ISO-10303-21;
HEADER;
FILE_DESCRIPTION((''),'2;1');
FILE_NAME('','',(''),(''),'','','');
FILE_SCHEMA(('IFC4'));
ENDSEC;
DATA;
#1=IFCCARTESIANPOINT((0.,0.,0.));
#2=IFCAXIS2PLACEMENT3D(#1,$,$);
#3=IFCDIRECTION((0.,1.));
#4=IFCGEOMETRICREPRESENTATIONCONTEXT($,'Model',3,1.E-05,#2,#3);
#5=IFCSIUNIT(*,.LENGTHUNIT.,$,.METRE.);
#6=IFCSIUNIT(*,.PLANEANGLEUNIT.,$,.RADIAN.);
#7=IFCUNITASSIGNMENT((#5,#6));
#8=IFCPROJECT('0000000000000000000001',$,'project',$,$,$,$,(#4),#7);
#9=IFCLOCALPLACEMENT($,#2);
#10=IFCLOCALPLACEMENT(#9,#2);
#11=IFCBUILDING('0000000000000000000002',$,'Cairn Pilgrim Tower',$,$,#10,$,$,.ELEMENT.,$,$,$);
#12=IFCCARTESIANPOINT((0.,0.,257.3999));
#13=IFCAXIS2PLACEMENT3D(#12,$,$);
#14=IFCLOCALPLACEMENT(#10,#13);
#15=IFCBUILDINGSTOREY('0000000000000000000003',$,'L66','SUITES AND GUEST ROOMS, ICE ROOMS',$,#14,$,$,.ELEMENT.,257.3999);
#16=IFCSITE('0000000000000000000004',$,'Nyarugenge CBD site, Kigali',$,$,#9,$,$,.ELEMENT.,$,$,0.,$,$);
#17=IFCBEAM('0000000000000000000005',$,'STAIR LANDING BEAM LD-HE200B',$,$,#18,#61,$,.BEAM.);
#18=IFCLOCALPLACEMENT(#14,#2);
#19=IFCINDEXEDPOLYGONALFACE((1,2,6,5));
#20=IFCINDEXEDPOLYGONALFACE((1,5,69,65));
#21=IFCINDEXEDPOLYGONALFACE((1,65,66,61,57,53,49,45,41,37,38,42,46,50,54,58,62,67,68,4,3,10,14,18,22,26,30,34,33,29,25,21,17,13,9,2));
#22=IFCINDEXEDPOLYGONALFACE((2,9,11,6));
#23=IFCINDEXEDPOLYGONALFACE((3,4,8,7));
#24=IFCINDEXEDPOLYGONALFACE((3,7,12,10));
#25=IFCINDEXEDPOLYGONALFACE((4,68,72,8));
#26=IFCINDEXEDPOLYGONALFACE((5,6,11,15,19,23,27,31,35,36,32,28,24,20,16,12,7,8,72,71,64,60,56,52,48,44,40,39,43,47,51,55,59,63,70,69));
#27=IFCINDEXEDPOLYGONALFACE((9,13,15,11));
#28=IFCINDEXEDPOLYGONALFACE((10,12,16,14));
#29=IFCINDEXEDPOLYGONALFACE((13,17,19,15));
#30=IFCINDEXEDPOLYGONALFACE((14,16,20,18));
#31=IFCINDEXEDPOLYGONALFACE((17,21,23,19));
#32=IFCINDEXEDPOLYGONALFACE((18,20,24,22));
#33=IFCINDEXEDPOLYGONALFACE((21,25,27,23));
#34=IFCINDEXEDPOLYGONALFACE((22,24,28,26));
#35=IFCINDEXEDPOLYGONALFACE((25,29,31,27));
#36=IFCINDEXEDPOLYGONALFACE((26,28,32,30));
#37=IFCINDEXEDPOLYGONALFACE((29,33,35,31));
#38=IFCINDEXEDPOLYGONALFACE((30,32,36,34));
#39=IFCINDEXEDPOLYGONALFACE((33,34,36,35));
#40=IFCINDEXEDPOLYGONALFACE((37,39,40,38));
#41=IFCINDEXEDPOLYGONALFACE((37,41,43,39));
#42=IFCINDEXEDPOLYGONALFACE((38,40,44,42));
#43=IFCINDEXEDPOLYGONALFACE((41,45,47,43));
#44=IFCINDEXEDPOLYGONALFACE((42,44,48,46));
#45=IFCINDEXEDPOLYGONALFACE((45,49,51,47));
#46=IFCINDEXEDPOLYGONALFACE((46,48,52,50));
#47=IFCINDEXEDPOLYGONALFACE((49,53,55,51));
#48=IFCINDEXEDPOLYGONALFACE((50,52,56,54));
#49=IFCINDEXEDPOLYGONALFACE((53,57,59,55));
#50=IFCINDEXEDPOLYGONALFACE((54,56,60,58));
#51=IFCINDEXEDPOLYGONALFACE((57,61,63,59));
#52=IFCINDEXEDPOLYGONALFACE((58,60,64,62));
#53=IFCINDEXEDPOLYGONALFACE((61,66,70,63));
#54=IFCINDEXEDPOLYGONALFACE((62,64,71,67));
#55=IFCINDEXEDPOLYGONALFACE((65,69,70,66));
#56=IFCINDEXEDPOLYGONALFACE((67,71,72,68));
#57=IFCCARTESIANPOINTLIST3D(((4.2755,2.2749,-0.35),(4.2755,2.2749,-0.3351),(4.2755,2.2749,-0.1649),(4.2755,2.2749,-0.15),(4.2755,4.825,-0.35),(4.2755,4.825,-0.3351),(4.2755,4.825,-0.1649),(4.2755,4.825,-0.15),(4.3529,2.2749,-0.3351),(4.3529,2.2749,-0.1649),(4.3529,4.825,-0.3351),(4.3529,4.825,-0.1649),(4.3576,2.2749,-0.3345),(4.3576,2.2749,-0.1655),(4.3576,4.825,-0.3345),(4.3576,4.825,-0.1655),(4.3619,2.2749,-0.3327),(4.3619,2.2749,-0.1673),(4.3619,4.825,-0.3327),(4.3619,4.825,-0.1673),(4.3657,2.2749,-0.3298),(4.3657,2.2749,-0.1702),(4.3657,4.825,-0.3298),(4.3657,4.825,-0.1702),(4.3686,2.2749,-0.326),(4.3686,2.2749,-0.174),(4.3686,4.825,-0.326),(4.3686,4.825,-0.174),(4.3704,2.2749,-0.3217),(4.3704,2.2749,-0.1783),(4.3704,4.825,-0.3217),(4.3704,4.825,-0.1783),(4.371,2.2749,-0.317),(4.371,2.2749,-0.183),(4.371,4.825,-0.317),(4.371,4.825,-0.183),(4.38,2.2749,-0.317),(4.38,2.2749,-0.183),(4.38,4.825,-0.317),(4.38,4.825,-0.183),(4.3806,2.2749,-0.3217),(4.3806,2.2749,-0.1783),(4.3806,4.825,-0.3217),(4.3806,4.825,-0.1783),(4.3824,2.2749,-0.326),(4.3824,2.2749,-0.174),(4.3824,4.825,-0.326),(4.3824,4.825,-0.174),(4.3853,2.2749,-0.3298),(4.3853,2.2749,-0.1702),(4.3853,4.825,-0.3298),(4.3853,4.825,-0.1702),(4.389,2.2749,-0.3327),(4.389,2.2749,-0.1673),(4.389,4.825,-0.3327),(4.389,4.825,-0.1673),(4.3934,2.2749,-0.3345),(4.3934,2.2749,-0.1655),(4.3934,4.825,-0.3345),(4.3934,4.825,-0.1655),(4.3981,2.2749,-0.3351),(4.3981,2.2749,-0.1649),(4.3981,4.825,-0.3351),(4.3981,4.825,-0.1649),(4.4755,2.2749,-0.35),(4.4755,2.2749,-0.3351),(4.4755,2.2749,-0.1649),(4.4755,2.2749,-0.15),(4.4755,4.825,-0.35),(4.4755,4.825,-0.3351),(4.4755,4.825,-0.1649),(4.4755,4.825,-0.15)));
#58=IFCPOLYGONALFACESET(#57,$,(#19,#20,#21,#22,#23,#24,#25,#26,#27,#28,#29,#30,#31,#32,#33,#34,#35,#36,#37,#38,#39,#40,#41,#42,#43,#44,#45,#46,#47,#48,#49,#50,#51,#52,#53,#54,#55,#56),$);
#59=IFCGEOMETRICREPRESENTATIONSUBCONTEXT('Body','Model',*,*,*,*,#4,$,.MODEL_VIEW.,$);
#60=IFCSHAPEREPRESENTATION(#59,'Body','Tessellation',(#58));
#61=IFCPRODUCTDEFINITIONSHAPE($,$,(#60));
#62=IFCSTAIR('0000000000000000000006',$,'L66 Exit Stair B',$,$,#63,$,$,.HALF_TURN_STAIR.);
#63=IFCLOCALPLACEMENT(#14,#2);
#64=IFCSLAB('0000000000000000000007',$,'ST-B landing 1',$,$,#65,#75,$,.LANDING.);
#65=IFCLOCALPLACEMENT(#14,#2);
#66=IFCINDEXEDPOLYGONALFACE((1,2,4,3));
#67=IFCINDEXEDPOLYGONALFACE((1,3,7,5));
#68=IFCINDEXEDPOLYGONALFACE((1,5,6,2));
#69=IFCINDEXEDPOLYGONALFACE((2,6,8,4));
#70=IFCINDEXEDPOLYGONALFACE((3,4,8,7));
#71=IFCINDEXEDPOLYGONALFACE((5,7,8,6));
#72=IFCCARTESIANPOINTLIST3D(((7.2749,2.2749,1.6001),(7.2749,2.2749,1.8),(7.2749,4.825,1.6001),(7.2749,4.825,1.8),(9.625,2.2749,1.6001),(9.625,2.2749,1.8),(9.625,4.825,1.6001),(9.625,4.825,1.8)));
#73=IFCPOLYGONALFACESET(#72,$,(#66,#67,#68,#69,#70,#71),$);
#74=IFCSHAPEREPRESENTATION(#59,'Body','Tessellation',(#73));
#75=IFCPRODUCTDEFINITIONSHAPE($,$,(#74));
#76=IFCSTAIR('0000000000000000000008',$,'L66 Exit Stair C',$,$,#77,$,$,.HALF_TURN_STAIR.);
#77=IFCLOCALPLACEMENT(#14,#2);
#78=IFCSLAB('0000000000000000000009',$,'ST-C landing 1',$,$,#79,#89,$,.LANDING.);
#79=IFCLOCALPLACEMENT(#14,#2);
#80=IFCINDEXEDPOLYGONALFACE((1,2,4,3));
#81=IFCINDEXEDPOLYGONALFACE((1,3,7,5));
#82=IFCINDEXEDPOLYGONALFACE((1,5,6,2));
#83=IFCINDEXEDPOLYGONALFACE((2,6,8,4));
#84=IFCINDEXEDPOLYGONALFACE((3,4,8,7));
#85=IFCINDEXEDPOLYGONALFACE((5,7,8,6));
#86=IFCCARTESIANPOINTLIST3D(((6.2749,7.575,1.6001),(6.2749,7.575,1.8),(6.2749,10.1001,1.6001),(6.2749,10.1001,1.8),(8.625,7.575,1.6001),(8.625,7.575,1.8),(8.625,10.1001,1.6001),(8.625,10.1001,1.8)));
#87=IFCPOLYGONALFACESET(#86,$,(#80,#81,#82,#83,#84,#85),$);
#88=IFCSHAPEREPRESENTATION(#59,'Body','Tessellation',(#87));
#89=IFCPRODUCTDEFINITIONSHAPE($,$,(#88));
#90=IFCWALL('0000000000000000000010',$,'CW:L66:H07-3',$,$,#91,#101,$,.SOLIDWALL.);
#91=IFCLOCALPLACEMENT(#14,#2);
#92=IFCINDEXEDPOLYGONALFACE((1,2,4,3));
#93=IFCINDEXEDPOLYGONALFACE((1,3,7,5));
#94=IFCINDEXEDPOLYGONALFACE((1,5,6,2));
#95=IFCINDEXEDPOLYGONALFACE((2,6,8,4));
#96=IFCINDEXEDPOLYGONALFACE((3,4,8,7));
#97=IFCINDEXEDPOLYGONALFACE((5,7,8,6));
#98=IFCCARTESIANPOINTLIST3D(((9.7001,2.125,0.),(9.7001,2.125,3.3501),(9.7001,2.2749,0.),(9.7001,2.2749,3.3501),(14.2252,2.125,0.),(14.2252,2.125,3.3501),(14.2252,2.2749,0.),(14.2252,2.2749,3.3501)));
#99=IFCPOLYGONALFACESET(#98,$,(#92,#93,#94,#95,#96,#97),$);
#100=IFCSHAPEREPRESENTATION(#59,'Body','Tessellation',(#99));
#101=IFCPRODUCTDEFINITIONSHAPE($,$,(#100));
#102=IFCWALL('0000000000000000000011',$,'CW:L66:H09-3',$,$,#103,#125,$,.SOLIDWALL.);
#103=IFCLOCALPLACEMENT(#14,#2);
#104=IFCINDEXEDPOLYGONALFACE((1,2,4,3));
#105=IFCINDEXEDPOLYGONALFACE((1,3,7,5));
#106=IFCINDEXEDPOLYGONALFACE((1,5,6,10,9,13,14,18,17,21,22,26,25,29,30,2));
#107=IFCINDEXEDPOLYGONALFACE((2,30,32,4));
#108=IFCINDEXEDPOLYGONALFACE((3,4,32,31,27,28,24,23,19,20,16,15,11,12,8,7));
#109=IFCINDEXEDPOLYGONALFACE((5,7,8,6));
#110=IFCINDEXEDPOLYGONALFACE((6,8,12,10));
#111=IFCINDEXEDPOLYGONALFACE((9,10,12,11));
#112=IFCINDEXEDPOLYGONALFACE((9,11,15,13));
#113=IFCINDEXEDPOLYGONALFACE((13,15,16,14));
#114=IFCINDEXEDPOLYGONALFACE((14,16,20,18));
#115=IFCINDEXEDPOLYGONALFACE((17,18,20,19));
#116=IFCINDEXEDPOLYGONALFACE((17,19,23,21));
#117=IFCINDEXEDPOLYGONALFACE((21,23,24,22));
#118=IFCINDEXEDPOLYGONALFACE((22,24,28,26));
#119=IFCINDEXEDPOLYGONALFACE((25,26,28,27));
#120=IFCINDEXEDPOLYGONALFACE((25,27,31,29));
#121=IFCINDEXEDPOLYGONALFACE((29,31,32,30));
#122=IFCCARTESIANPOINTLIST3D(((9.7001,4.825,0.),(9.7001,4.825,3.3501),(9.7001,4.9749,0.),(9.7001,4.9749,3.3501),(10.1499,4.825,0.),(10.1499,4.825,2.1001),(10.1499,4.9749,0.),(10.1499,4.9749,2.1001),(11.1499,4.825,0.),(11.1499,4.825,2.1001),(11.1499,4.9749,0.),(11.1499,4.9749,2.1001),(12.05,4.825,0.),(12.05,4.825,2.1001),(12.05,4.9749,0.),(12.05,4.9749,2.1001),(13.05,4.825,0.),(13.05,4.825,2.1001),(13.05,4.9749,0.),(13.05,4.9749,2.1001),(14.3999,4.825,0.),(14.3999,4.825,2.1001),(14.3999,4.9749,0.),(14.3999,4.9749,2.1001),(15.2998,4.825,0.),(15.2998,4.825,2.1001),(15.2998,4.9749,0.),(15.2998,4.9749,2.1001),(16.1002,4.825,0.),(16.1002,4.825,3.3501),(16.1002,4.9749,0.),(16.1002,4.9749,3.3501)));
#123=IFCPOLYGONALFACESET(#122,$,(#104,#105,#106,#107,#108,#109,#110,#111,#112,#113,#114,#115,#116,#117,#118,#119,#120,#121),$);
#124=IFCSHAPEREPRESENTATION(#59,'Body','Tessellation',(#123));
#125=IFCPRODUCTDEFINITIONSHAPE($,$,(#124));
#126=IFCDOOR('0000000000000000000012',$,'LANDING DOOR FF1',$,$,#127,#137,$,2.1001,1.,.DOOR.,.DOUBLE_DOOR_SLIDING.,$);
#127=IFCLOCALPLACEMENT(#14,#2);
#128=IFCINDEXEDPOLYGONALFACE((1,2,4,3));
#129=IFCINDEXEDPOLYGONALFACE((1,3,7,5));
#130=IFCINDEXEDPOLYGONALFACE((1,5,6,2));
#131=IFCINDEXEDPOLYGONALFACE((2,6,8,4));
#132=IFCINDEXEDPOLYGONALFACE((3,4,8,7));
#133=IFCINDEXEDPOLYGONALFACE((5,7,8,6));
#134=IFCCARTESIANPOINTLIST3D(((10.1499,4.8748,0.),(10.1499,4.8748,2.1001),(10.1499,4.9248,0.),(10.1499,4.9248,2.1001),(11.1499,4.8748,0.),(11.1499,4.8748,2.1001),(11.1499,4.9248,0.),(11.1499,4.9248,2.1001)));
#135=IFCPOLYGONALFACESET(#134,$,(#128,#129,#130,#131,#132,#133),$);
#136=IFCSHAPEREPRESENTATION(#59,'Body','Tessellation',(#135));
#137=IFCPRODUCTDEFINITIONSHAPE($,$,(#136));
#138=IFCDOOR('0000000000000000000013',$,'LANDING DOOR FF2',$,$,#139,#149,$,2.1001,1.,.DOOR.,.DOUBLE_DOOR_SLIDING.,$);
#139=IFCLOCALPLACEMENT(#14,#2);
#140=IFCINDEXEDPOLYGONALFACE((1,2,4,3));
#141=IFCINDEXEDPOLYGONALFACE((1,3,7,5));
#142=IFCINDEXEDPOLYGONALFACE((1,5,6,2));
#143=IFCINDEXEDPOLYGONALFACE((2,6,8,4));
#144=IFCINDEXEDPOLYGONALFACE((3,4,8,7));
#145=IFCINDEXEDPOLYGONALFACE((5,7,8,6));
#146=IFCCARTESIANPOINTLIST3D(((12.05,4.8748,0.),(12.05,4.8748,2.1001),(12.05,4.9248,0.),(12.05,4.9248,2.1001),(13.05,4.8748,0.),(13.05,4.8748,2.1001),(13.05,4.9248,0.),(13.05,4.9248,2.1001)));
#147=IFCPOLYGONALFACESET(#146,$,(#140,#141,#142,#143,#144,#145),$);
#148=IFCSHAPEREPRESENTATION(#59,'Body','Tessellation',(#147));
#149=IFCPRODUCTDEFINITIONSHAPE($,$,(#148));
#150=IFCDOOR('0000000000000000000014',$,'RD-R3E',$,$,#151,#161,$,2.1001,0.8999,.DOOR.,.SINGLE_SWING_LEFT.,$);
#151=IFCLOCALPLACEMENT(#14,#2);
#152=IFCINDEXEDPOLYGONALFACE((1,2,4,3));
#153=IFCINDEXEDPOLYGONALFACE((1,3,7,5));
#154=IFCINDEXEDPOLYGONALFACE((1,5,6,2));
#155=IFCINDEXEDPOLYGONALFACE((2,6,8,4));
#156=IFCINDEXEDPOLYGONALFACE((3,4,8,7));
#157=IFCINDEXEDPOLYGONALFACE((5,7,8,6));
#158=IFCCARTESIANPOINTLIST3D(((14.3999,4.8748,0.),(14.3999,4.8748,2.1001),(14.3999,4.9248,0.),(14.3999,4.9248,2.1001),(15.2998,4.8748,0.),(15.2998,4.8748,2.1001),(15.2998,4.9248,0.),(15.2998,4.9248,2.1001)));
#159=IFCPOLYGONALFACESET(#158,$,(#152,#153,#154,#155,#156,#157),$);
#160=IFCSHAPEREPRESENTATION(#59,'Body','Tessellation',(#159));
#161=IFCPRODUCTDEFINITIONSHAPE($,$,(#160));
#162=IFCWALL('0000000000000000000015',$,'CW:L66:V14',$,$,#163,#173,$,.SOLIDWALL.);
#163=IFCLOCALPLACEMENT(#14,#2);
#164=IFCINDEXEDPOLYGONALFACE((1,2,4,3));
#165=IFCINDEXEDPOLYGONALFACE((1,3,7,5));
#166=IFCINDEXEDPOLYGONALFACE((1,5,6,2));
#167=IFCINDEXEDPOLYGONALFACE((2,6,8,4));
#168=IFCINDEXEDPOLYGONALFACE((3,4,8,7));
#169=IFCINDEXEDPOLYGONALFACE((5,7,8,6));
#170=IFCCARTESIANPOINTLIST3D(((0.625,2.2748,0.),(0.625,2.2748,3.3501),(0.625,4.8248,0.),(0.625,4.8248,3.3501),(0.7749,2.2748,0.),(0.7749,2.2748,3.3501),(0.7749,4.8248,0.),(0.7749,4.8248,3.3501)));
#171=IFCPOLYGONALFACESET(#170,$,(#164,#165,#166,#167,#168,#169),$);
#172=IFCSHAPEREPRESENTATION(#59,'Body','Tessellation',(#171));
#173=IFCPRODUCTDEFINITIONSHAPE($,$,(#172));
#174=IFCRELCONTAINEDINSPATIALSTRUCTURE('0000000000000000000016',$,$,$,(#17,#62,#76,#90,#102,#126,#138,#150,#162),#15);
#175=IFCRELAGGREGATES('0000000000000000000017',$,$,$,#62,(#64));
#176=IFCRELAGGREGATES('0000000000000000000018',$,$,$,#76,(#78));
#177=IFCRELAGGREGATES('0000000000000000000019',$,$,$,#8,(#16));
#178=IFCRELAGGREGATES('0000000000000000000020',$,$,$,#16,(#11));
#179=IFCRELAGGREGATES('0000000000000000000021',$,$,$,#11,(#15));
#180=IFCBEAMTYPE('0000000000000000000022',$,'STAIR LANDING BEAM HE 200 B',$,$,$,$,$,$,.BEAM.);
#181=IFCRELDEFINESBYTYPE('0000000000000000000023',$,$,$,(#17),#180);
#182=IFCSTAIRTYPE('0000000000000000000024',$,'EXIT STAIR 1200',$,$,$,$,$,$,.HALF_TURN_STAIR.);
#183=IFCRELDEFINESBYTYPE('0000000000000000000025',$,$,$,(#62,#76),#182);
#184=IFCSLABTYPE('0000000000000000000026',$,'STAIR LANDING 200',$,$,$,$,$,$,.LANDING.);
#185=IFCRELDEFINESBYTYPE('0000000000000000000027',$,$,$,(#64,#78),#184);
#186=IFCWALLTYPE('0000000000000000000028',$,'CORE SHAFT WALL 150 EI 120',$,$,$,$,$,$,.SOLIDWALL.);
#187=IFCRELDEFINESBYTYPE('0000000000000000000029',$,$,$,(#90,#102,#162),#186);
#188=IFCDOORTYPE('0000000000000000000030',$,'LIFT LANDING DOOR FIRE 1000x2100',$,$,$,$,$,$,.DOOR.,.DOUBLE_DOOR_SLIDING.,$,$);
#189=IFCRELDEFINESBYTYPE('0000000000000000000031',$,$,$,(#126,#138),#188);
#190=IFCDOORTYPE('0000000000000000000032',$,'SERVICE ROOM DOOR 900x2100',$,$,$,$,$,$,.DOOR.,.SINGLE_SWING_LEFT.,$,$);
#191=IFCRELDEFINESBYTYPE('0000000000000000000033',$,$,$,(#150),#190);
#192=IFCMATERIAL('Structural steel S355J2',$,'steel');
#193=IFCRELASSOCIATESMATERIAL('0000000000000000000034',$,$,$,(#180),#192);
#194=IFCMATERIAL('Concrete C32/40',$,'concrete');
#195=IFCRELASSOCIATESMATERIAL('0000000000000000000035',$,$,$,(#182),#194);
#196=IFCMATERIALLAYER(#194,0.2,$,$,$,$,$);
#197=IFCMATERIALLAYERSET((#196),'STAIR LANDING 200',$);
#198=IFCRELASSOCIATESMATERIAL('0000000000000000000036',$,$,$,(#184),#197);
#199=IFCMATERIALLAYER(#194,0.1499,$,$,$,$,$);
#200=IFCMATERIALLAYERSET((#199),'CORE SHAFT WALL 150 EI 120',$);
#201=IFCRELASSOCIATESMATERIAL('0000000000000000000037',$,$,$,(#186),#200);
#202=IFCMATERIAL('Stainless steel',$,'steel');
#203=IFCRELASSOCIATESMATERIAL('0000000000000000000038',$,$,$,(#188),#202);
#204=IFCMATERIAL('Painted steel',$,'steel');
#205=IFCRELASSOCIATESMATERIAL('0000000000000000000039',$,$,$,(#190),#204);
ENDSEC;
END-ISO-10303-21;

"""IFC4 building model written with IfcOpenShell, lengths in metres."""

from ifc_helpers import new_model, si_unit, direction, frame, frame_2d, origin, origin_2d, place, context, subcontext, project, spatial, polyline, rectangle, i_section, outline, extrude, material, layer, layer_set, material_profile, profile_set, type_object, element, fill, aggregate, save


model = new_model("IFC4")

# Units and contexts
model_context = context("Model", 3, precision=1e-05, world=origin(), true_north=direction((0.0, 1.0)))
body_context = subcontext(model_context, "Body", "Model", "MODEL_VIEW")
ifc_project = project(units=[si_unit("LENGTHUNIT", "METRE"), si_unit("PLANEANGLEUNIT", "RADIAN")], contexts=[model_context])

# Site, building, storey
site_placement = place(None, origin())
site = spatial("IfcSite", under=ifc_project, at=site_placement, Name="Nyarugenge CBD site, Kigali", CompositionType="ELEMENT", RefElevation=0.0)
building_placement = place(site_placement, origin())
building = spatial("IfcBuilding", under=site, at=building_placement, Name="Cairn Pilgrim Tower", CompositionType="ELEMENT")
storey_placement = place(building_placement, frame((0.0, 0.0, 257.3999)))
storey = spatial("IfcBuildingStorey", under=building, at=storey_placement, Name="L66", Description="SUITES AND GUEST ROOMS, ICE ROOMS", CompositionType="ELEMENT", Elevation=257.3999)

# Beam
ifc_material_1 = material(Name="Structural steel S355J2", Category="steel")
ifc_material_profile = material_profile(ifc_material_1, i_section(OverallWidth=0.2, OverallDepth=0.2, WebThickness=0.009, FlangeThickness=0.0149, FilletRadius=0.0181, at=origin_2d()), Name="HE 200 B")
ifc_profile_set = profile_set([ifc_material_profile], Name="Structural steel S355J2")
beam_type = type_object("IfcBeamType", Name="STAIR LANDING BEAM HE 200 B", PredefinedType="BEAM", material=ifc_profile_set)
beam_placement = place(storey_placement, frame((4.3755, 2.2749, -0.25), z_axis=(0.0, 1.0, 0.0), x_axis=(-1.0, 0.0, 0.0)))
element("IfcBeam", 1, at=beam_placement, inside=storey, type_object=beam_type, Name="STAIR LANDING BEAM LD-HE200B", PredefinedType="BEAM", context=body_context, shape_type="SweptSolid", body=[
    extrude(i_section(OverallWidth=0.2, OverallDepth=0.2, WebThickness=0.009, FlangeThickness=0.0149, FilletRadius=0.0181, at=origin_2d()), origin(), (0.0, 0.0, 1.0), 2.55),
])

# Stairs, slabs
ifc_material_2 = material(Name="Concrete C32/40", Category="concrete")
stair_type = type_object("IfcStairType", Name="EXIT STAIR 1200", PredefinedType="HALF_TURN_STAIR", material=ifc_material_2)
stair_1_placement = place(storey_placement, origin())
stair_1 = element("IfcStair", 2, at=stair_1_placement, inside=storey, type_object=stair_type, Name="L66 Exit Stair B", PredefinedType="HALF_TURN_STAIR")
ifc_layer_1 = layer(ifc_material_2, 0.2)
ifc_layer_set_1 = layer_set([ifc_layer_1], Name="STAIR LANDING 200")
slab_type = type_object("IfcSlabType", Name="STAIR LANDING 200", PredefinedType="LANDING", material=ifc_layer_set_1)
slab_1_placement = place(storey_placement, frame((0.0, 0.0, 1.6001)))
slab_1 = element("IfcSlab", 3, at=slab_1_placement, type_object=slab_type, Name="ST-B landing 1", PredefinedType="LANDING", context=body_context, shape_type="SweptSolid", body=[
    extrude(outline(polyline([(7.2749, 2.2749), (9.625, 2.2749), (9.625, 4.825), (7.2749, 4.825), (7.2749, 2.2749)])), origin(), (0.0, 0.0, 1.0), 0.2),
])
stair_2_placement = place(storey_placement, origin())
stair_2 = element("IfcStair", 4, at=stair_2_placement, inside=storey, type_object=stair_type, Name="L66 Exit Stair C", PredefinedType="HALF_TURN_STAIR")
slab_2_placement = place(storey_placement, frame((0.0, 0.0, 1.6001)))
slab_2 = element("IfcSlab", 5, at=slab_2_placement, type_object=slab_type, Name="ST-C landing 1", PredefinedType="LANDING", context=body_context, shape_type="SweptSolid", body=[
    extrude(outline(polyline([(8.625, 10.1001), (6.2749, 10.1001), (6.2749, 7.575), (8.625, 7.575), (8.625, 10.1001)])), origin(), (0.0, 0.0, 1.0), 0.2),
])

# Wall
ifc_layer_2 = layer(ifc_material_2, 0.1499)
ifc_layer_set_2 = layer_set([ifc_layer_2], Name="CORE SHAFT WALL 150 EI 120")
wall_type_1 = type_object("IfcWallType", Name="CORE SHAFT WALL 150 EI 120", PredefinedType="SOLIDWALL", material=ifc_layer_set_2)
wall_1_placement = place(storey_placement, frame((9.7, 2.2, 0.0), z_axis=(0.0, 0.0, 1.0), x_axis=(1.0, 0.0, 0.0)))
element("IfcWall", 6, at=wall_1_placement, inside=storey, type_object=wall_type_1, Name="CW:L66:H07-3", PredefinedType="SOLIDWALL", context=body_context, shape_type="SweptSolid", body=[
    extrude(rectangle(XDim=4.5251, YDim=0.1499, at=frame_2d((2.2627, 0.0))), origin(), (0.0, 0.0, 1.0), 3.3501),
])

# Wall, openings, doors
wall_2_placement = place(storey_placement, frame((9.7, 4.8999, 0.0), z_axis=(0.0, 0.0, 1.0), x_axis=(1.0, 0.0, 0.0)))
wall_2 = element("IfcWall", 7, at=wall_2_placement, inside=storey, type_object=wall_type_1, Name="CW:L66:H09-3", PredefinedType="SOLIDWALL", context=body_context, shape_type="SweptSolid", body=[
    extrude(rectangle(XDim=6.4001, YDim=0.1499, at=frame_2d((3.2002, 0.0))), origin(), (0.0, 0.0, 1.0), 3.3501),
])
opening_1_placement = place(wall_2_placement, frame((0.45, 0.0, 0.0)))
opening_1 = element("IfcOpeningElement", 8, at=opening_1_placement, cuts=wall_2, PredefinedType="OPENING", context=body_context, shape_type="SweptSolid", body=[
    extrude(rectangle(XDim=1.0, YDim=2.1001, at=frame_2d((0.5, 1.05))), frame((0.0, 0.085, 0.0), z_axis=(0.0, -1.0, 0.0), x_axis=(1.0, 0.0, 0.0)), (0.0, 0.0, 1.0), 0.1699),
])
opening_2_placement = place(wall_2_placement, frame((2.3501, 0.0, 0.0)))
opening_2 = element("IfcOpeningElement", 9, at=opening_2_placement, cuts=wall_2, PredefinedType="OPENING", context=body_context, shape_type="SweptSolid", body=[
    extrude(rectangle(XDim=1.0, YDim=2.1001, at=frame_2d((0.5, 1.05))), frame((0.0, 0.085, 0.0), z_axis=(0.0, -1.0, 0.0), x_axis=(1.0, 0.0, 0.0)), (0.0, 0.0, 1.0), 0.1699),
])
opening_3_placement = place(wall_2_placement, frame((4.7, 0.0, 0.0)))
opening_3 = element("IfcOpeningElement", 10, at=opening_3_placement, cuts=wall_2, PredefinedType="OPENING", context=body_context, shape_type="SweptSolid", body=[
    extrude(rectangle(XDim=0.8999, YDim=2.1001, at=frame_2d((0.45, 1.05))), frame((0.0, 0.085, 0.0), z_axis=(0.0, -1.0, 0.0), x_axis=(1.0, 0.0, 0.0)), (0.0, 0.0, 1.0), 0.1699),
])
ifc_material_3 = material(Name="Stainless steel", Category="steel")
door_type_1 = type_object("IfcDoorType", Name="LIFT LANDING DOOR FIRE 1000x2100", OperationType="DOUBLE_DOOR_SLIDING", PredefinedType="DOOR", material=ifc_material_3)
door_1_placement = place(opening_1_placement, origin())
door_1 = element("IfcDoor", 11, at=door_1_placement, inside=storey, type_object=door_type_1, Name="LANDING DOOR FF1", OperationType="DOUBLE_DOOR_SLIDING", OverallHeight=2.1001, OverallWidth=1.0, PredefinedType="DOOR", context=body_context, shape_type="SweptSolid", body=[
    extrude(rectangle(XDim=1.0, YDim=2.1001, at=frame_2d((0.5, 1.05))), frame((0.0, 0.0249, 0.0), z_axis=(0.0, -1.0, 0.0), x_axis=(1.0, 0.0, 0.0)), (0.0, 0.0, 1.0), 0.05),
])
fill(opening_1, door_1)
door_2_placement = place(opening_2_placement, origin())
door_2 = element("IfcDoor", 12, at=door_2_placement, inside=storey, type_object=door_type_1, Name="LANDING DOOR FF2", OperationType="DOUBLE_DOOR_SLIDING", OverallHeight=2.1001, OverallWidth=1.0, PredefinedType="DOOR", context=body_context, shape_type="SweptSolid", body=[
    extrude(rectangle(XDim=1.0, YDim=2.1001, at=frame_2d((0.5, 1.05))), frame((0.0, 0.0249, 0.0), z_axis=(0.0, -1.0, 0.0), x_axis=(1.0, 0.0, 0.0)), (0.0, 0.0, 1.0), 0.05),
])
fill(opening_2, door_2)
ifc_material_4 = material(Name="Painted steel", Category="steel")
door_type_2 = type_object("IfcDoorType", Name="SERVICE ROOM DOOR 900x2100", OperationType="SINGLE_SWING_LEFT", PredefinedType="DOOR", material=ifc_material_4)
door_3_placement = place(opening_3_placement, origin())
door_3 = element("IfcDoor", 13, at=door_3_placement, inside=storey, type_object=door_type_2, Name="RD-R3E", OperationType="SINGLE_SWING_LEFT", OverallHeight=2.1001, OverallWidth=0.8999, PredefinedType="DOOR", context=body_context, shape_type="SweptSolid", body=[
    extrude(rectangle(XDim=0.8999, YDim=2.1001, at=frame_2d((0.45, 1.05))), frame((0.0, 0.0249, 0.0), z_axis=(0.0, -1.0, 0.0), x_axis=(1.0, 0.0, 0.0)), (0.0, 0.0, 1.0), 0.05),
])
fill(opening_3, door_3)

# Wall
wall_3_placement = place(storey_placement, frame((0.7, 2.2749, 0.0), z_axis=(0.0, 0.0, 1.0), x_axis=(0.0, 1.0, 0.0)))
element("IfcWall", 14, at=wall_3_placement, inside=storey, type_object=wall_type_1, Name="CW:L66:V14", PredefinedType="SOLIDWALL", context=body_context, shape_type="SweptSolid", body=[
    extrude(rectangle(XDim=2.55, YDim=0.1499, at=frame_2d((1.2749, 0.0))), origin(), (0.0, 0.0, 1.0), 3.3501),
])

aggregate(stair_1, [slab_1])
aggregate(stair_2, [slab_2])

save(model, "model.ifc")
